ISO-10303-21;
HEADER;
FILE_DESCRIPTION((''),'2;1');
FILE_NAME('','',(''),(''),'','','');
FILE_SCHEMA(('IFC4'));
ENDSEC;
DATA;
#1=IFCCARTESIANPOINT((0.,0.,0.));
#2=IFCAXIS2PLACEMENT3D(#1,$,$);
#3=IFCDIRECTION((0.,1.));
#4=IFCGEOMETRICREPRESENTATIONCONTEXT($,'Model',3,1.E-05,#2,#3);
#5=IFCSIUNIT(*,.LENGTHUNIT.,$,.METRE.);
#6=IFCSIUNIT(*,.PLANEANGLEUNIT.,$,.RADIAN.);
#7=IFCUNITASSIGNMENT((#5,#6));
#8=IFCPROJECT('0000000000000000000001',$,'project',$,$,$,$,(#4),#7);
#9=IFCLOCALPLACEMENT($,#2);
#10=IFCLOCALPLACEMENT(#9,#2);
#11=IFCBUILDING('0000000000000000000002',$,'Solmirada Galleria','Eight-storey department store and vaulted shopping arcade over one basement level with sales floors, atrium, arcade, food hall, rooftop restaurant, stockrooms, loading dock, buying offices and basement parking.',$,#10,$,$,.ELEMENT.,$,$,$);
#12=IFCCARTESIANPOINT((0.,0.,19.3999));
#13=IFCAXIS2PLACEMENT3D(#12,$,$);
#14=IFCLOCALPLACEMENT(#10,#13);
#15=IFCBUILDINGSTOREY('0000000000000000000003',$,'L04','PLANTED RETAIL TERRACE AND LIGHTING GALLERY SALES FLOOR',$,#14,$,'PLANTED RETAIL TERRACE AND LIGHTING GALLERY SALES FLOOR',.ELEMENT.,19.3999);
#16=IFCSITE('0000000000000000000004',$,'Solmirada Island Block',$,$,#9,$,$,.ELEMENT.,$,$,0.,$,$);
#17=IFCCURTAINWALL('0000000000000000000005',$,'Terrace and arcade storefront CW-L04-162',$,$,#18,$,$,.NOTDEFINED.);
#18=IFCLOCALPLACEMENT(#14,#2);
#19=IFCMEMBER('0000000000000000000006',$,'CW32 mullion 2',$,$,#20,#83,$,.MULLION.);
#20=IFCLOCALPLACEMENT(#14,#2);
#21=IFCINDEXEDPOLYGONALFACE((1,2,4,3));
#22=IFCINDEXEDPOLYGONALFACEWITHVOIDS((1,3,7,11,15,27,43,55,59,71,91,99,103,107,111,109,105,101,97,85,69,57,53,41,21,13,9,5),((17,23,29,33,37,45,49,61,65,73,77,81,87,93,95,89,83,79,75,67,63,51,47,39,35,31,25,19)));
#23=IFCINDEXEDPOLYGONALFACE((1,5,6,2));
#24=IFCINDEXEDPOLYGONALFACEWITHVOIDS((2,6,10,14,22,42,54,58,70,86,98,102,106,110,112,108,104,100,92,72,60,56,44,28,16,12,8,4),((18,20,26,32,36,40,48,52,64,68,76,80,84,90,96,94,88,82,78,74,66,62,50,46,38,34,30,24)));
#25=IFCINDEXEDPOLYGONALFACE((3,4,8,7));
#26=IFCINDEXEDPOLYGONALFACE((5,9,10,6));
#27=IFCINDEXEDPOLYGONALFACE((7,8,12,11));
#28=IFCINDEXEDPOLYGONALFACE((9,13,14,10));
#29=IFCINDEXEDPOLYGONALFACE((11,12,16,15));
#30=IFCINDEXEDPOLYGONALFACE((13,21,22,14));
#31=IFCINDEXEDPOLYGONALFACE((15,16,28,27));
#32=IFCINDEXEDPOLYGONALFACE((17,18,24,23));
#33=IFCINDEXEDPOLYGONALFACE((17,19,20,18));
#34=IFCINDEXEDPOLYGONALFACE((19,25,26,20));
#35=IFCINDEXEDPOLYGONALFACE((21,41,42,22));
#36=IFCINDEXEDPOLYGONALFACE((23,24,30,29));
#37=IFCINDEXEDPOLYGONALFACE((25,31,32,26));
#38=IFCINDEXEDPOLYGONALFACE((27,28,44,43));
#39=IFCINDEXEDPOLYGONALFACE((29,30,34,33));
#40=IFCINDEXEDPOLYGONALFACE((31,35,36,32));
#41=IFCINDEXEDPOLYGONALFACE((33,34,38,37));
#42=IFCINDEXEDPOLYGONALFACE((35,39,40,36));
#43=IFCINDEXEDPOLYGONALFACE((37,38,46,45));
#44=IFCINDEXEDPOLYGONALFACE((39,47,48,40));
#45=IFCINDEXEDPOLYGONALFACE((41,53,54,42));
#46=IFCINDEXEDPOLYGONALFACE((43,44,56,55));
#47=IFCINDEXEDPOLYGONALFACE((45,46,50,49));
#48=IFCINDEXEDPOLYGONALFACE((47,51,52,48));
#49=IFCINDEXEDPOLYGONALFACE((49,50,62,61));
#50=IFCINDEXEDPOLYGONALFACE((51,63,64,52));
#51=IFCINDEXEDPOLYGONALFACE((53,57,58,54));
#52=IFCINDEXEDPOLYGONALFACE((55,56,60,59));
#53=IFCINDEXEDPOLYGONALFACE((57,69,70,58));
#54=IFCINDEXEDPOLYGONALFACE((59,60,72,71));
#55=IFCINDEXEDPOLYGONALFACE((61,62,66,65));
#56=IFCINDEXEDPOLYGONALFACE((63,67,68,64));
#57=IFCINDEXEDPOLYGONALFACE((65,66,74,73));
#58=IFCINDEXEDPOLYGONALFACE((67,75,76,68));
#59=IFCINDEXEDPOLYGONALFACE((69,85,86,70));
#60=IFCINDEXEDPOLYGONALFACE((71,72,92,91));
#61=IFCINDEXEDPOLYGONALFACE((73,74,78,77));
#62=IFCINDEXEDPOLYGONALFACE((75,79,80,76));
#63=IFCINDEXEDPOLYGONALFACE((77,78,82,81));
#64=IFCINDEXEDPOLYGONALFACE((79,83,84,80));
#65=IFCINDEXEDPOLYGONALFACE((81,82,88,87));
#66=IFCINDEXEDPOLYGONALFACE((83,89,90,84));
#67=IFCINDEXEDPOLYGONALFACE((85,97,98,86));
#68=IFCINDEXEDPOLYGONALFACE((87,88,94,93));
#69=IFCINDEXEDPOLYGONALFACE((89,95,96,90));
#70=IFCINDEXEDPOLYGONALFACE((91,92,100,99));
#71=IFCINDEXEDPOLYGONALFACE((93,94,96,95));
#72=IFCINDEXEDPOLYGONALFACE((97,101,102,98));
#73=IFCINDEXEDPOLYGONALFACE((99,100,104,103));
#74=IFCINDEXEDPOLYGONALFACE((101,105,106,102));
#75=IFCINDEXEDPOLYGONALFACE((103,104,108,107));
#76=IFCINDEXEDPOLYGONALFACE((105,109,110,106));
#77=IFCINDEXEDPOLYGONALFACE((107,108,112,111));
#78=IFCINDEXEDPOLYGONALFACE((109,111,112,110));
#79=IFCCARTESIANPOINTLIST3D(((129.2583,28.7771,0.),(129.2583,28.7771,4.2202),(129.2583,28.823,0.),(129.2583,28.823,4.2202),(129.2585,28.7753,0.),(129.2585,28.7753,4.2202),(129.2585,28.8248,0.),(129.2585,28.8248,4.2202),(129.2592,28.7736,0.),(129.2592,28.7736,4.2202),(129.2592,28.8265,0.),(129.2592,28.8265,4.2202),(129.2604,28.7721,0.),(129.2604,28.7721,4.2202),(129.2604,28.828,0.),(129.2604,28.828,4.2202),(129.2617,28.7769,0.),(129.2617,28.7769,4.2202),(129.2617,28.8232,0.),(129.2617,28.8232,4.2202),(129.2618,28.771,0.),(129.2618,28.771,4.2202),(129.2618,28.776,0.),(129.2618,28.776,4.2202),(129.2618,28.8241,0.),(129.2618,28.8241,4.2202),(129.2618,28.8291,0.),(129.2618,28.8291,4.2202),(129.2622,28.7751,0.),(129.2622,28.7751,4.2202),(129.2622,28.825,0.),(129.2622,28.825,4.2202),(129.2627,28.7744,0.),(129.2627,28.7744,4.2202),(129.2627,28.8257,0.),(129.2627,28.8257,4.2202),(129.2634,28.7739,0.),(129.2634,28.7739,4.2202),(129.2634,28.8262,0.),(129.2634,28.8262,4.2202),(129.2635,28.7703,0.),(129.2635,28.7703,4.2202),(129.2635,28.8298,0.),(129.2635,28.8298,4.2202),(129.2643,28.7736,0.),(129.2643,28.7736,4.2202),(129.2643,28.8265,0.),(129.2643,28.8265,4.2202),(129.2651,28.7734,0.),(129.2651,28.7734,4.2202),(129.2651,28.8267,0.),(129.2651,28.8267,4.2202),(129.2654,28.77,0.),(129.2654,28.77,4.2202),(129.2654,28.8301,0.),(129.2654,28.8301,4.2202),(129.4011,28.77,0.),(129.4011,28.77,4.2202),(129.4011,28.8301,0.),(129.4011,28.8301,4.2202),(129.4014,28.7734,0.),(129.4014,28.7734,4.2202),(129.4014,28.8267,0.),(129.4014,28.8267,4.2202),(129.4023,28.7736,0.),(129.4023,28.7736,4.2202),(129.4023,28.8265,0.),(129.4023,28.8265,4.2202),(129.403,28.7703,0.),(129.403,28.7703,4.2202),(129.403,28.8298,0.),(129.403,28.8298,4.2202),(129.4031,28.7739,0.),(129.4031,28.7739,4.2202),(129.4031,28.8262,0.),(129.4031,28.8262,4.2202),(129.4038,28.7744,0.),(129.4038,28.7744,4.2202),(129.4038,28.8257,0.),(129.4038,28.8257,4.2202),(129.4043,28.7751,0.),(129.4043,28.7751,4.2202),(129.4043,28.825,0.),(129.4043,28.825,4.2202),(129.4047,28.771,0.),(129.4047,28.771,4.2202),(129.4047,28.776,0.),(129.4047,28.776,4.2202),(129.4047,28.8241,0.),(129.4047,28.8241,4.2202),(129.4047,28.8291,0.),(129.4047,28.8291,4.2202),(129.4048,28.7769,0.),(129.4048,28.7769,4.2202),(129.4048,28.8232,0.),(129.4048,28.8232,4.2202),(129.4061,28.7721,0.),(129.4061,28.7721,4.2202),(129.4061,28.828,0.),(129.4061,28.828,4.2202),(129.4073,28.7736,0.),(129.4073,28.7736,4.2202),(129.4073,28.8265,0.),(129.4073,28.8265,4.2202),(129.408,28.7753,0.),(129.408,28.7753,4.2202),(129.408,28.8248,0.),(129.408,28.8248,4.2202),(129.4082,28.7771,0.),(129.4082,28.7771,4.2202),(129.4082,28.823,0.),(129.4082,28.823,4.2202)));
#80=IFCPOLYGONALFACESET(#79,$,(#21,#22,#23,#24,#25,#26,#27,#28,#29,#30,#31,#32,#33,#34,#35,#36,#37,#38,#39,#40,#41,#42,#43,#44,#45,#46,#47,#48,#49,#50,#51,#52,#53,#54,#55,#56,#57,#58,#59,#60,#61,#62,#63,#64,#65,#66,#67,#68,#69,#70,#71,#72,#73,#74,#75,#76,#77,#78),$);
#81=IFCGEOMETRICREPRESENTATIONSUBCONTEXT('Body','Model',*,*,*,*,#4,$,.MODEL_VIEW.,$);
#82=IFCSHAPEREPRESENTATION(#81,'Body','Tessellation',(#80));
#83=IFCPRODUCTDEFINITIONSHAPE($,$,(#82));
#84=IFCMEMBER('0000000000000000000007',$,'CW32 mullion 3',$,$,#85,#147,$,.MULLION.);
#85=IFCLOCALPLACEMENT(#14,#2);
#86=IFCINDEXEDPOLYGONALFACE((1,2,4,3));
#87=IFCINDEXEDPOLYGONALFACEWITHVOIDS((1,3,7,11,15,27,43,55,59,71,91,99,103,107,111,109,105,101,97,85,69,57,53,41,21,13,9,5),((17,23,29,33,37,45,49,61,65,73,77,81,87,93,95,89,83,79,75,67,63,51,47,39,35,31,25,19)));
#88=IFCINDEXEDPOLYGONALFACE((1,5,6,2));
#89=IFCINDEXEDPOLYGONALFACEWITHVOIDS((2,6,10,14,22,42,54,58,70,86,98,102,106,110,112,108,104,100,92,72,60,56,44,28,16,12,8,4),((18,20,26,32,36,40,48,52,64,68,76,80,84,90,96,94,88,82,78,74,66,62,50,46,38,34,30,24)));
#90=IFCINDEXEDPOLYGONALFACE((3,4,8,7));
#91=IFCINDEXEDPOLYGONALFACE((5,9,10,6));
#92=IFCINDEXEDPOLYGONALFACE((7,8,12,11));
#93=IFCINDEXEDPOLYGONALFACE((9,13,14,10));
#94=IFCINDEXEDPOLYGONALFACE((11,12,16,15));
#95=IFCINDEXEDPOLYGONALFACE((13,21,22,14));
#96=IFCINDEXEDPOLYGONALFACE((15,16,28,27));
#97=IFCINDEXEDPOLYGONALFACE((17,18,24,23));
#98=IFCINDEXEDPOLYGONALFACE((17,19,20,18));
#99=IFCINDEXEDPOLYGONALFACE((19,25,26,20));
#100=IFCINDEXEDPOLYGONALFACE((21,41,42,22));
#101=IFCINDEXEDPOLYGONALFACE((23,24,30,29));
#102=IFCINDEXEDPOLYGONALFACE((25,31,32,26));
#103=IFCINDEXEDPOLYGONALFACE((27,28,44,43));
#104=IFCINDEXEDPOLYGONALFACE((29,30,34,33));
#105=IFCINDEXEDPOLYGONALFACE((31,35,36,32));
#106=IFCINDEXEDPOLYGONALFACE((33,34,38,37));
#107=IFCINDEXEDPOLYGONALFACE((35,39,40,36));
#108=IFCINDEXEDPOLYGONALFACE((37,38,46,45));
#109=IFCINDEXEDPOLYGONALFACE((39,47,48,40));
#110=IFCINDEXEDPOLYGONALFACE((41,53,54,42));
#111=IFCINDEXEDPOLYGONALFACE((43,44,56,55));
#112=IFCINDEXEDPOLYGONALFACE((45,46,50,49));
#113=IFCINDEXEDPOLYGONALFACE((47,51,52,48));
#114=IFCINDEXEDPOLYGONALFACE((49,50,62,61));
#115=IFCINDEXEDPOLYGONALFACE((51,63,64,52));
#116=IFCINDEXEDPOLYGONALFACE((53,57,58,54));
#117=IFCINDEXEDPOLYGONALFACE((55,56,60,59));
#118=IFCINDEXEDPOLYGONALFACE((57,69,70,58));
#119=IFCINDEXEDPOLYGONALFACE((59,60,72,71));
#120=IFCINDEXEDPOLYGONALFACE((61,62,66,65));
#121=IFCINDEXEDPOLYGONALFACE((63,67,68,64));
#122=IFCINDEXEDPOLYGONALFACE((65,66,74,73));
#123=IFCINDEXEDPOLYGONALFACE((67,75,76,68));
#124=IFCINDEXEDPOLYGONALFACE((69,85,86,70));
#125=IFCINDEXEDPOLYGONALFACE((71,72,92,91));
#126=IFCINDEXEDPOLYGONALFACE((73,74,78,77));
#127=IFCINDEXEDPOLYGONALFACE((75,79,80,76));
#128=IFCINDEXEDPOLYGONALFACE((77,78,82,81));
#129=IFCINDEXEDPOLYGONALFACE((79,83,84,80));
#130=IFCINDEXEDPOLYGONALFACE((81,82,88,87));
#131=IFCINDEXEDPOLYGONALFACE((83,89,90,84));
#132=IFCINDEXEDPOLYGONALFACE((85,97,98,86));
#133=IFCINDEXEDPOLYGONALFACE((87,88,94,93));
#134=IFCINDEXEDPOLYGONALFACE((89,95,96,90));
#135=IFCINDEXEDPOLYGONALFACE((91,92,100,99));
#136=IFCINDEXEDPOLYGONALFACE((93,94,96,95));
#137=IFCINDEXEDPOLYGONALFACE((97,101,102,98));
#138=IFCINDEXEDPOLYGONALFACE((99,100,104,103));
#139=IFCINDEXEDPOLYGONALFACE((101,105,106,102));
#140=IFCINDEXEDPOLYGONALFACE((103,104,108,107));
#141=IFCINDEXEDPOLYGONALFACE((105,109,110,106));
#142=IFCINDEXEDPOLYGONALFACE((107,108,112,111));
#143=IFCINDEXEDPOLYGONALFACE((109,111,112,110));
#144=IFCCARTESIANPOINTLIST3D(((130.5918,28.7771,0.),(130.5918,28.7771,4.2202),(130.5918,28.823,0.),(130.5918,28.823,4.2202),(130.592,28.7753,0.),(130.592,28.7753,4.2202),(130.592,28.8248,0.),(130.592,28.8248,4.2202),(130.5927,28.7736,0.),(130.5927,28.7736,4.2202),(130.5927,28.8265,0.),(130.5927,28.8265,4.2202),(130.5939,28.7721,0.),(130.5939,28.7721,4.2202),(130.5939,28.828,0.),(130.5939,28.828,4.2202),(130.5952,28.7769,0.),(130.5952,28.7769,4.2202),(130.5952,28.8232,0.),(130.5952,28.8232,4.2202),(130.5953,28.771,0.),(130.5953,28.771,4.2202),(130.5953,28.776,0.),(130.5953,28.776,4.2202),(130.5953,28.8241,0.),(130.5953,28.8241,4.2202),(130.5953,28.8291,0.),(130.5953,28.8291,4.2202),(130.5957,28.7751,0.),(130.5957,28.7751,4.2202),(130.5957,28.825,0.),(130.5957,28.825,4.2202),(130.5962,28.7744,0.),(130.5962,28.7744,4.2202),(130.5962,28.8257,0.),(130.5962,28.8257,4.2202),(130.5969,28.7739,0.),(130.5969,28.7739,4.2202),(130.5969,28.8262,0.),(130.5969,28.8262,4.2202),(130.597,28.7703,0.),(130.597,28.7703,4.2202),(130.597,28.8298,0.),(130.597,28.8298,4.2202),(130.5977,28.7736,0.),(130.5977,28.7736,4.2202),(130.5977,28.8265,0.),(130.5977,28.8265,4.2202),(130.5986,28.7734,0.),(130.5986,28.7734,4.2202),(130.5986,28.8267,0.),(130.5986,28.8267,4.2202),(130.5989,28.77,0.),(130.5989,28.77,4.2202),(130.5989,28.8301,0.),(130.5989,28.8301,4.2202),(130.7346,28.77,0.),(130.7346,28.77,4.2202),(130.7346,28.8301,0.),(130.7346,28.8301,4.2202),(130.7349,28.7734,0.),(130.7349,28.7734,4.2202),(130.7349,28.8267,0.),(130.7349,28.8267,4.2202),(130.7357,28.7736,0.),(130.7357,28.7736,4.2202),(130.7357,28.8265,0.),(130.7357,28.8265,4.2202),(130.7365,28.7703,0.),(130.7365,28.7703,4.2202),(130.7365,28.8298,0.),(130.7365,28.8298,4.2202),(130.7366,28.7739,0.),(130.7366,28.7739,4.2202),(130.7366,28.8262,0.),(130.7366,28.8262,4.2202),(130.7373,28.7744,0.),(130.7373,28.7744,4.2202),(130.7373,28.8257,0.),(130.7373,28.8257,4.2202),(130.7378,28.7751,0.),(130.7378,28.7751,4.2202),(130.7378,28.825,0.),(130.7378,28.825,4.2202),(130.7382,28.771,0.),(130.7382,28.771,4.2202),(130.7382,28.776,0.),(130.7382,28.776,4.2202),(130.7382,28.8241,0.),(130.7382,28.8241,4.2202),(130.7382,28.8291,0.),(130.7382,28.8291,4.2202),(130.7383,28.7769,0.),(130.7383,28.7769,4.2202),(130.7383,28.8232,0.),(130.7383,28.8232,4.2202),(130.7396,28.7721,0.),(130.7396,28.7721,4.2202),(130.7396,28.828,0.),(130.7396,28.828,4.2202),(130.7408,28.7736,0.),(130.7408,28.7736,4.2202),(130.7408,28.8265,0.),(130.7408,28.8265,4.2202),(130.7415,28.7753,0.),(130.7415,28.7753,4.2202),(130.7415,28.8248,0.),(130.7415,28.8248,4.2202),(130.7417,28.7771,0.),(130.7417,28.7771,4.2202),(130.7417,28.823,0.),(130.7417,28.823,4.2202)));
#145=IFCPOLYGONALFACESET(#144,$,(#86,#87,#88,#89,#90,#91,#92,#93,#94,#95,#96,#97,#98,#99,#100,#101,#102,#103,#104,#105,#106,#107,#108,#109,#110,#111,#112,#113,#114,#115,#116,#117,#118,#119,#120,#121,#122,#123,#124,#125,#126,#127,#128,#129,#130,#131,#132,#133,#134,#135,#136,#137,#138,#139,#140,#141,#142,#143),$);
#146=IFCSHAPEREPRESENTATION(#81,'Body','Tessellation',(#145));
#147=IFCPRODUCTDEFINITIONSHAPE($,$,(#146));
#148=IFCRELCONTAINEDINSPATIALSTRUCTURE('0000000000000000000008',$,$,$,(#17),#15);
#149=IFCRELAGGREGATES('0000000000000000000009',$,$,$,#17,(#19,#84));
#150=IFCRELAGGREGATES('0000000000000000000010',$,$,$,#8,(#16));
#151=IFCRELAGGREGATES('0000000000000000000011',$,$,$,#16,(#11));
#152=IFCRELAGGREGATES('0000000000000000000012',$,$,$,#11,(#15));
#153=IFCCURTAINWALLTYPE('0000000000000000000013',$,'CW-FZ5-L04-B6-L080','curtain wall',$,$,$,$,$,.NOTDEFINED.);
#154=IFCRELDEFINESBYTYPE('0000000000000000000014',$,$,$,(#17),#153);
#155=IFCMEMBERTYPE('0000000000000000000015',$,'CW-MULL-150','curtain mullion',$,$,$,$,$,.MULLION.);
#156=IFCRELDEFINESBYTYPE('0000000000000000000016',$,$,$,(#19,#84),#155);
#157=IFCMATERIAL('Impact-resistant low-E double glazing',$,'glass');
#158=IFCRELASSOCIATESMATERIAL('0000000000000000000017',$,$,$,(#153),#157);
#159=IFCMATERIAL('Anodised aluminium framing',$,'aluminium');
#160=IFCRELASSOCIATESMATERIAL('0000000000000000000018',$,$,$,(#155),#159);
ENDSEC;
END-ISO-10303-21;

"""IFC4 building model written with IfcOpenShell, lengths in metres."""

from ifc_helpers import new_model, si_unit, direction, frame, origin, origin_2d, place, context, subcontext, project, spatial, hollow_rectangle, extrude, material, material_profile, profile_set, type_object, element, aggregate, save


model = new_model("IFC4")

# Units and contexts
model_context = context("Model", 3, precision=1e-05, world=origin(), true_north=direction((0.0, 1.0)))
body_context = subcontext(model_context, "Body", "Model", "MODEL_VIEW")
ifc_project = project(units=[si_unit("LENGTHUNIT", "METRE"), si_unit("PLANEANGLEUNIT", "RADIAN")], contexts=[model_context])

# Site, building, storey
site_placement = place(None, origin())
site = spatial("IfcSite", under=ifc_project, at=site_placement, Name="Solmirada Island Block", CompositionType="ELEMENT", RefElevation=0.0)
building_placement = place(site_placement, origin())
building = spatial("IfcBuilding", under=site, at=building_placement, Name="Solmirada Galleria", Description="Eight-storey department store and vaulted shopping arcade over one basement level with sales floors, atrium, arcade, food hall, rooftop restaurant, stockrooms, loading dock, buying offices and basement parking.", CompositionType="ELEMENT")
storey_placement = place(building_placement, frame((0.0, 0.0, 19.3999)))
storey = spatial("IfcBuildingStorey", under=building, at=storey_placement, Name="L04", Description="PLANTED RETAIL TERRACE AND LIGHTING GALLERY SALES FLOOR", LongName="PLANTED RETAIL TERRACE AND LIGHTING GALLERY SALES FLOOR", CompositionType="ELEMENT", Elevation=19.3999)

# Curtain wall, members
ifc_material_1 = material(Name="Impact-resistant low-E double glazing", Category="glass")
curtain_wall_type = type_object("IfcCurtainWallType", Name="CW-FZ5-L04-B6-L080", Description="curtain wall", PredefinedType="NOTDEFINED", material=ifc_material_1)
curtain_wall_placement = place(storey_placement, origin())
curtain_wall = element("IfcCurtainWall", 1, at=curtain_wall_placement, inside=storey, type_object=curtain_wall_type, Name="Terrace and arcade storefront CW-L04-162", PredefinedType="NOTDEFINED")
ifc_material_2 = material(Name="Anodised aluminium framing", Category="aluminium")
ifc_material_profile_1 = material_profile(ifc_material_2, hollow_rectangle(XDim=0.0601, YDim=0.1499, WallThickness=0.0034, InnerFilletRadius=0.0034, OuterFilletRadius=0.0071, at=origin_2d()), Name="ALU-MULL-150X60")
ifc_profile_set_1 = profile_set([ifc_material_profile_1], Name="Anodised aluminium framing")
member_type_1 = type_object("IfcMemberType", Name="CW-MULL-150", Description="curtain mullion", PredefinedType="MULLION", material=ifc_profile_set_1)
member_1_placement = place(storey_placement, frame((129.3333, 28.8, 0.0), z_axis=(0.0, 0.0, 1.0), x_axis=(0.0, 1.0, 0.0)))
member_1 = element("IfcMember", 2, at=member_1_placement, type_object=member_type_1, Name="CW32 mullion 2", PredefinedType="MULLION", context=body_context, shape_type="SweptSolid", body=[
    extrude(hollow_rectangle(XDim=0.0601, YDim=0.1499, WallThickness=0.0034, InnerFilletRadius=0.0034, OuterFilletRadius=0.0071, at=origin_2d()), origin(), (0.0, 0.0, 1.0), 4.2202),
])
member_2_placement = place(storey_placement, frame((130.6667, 28.8, 0.0), z_axis=(0.0, 0.0, 1.0), x_axis=(0.0, 1.0, 0.0)))
member_2 = element("IfcMember", 3, at=member_2_placement, type_object=member_type_1, Name="CW32 mullion 3", PredefinedType="MULLION", context=body_context, shape_type="SweptSolid", body=[
    extrude(hollow_rectangle(XDim=0.0601, YDim=0.1499, WallThickness=0.0034, InnerFilletRadius=0.0034, OuterFilletRadius=0.0071, at=origin_2d()), origin(), (0.0, 0.0, 1.0), 4.2202),
])
aggregate(curtain_wall, [member_1, member_2])

save(model, "model.ifc")
